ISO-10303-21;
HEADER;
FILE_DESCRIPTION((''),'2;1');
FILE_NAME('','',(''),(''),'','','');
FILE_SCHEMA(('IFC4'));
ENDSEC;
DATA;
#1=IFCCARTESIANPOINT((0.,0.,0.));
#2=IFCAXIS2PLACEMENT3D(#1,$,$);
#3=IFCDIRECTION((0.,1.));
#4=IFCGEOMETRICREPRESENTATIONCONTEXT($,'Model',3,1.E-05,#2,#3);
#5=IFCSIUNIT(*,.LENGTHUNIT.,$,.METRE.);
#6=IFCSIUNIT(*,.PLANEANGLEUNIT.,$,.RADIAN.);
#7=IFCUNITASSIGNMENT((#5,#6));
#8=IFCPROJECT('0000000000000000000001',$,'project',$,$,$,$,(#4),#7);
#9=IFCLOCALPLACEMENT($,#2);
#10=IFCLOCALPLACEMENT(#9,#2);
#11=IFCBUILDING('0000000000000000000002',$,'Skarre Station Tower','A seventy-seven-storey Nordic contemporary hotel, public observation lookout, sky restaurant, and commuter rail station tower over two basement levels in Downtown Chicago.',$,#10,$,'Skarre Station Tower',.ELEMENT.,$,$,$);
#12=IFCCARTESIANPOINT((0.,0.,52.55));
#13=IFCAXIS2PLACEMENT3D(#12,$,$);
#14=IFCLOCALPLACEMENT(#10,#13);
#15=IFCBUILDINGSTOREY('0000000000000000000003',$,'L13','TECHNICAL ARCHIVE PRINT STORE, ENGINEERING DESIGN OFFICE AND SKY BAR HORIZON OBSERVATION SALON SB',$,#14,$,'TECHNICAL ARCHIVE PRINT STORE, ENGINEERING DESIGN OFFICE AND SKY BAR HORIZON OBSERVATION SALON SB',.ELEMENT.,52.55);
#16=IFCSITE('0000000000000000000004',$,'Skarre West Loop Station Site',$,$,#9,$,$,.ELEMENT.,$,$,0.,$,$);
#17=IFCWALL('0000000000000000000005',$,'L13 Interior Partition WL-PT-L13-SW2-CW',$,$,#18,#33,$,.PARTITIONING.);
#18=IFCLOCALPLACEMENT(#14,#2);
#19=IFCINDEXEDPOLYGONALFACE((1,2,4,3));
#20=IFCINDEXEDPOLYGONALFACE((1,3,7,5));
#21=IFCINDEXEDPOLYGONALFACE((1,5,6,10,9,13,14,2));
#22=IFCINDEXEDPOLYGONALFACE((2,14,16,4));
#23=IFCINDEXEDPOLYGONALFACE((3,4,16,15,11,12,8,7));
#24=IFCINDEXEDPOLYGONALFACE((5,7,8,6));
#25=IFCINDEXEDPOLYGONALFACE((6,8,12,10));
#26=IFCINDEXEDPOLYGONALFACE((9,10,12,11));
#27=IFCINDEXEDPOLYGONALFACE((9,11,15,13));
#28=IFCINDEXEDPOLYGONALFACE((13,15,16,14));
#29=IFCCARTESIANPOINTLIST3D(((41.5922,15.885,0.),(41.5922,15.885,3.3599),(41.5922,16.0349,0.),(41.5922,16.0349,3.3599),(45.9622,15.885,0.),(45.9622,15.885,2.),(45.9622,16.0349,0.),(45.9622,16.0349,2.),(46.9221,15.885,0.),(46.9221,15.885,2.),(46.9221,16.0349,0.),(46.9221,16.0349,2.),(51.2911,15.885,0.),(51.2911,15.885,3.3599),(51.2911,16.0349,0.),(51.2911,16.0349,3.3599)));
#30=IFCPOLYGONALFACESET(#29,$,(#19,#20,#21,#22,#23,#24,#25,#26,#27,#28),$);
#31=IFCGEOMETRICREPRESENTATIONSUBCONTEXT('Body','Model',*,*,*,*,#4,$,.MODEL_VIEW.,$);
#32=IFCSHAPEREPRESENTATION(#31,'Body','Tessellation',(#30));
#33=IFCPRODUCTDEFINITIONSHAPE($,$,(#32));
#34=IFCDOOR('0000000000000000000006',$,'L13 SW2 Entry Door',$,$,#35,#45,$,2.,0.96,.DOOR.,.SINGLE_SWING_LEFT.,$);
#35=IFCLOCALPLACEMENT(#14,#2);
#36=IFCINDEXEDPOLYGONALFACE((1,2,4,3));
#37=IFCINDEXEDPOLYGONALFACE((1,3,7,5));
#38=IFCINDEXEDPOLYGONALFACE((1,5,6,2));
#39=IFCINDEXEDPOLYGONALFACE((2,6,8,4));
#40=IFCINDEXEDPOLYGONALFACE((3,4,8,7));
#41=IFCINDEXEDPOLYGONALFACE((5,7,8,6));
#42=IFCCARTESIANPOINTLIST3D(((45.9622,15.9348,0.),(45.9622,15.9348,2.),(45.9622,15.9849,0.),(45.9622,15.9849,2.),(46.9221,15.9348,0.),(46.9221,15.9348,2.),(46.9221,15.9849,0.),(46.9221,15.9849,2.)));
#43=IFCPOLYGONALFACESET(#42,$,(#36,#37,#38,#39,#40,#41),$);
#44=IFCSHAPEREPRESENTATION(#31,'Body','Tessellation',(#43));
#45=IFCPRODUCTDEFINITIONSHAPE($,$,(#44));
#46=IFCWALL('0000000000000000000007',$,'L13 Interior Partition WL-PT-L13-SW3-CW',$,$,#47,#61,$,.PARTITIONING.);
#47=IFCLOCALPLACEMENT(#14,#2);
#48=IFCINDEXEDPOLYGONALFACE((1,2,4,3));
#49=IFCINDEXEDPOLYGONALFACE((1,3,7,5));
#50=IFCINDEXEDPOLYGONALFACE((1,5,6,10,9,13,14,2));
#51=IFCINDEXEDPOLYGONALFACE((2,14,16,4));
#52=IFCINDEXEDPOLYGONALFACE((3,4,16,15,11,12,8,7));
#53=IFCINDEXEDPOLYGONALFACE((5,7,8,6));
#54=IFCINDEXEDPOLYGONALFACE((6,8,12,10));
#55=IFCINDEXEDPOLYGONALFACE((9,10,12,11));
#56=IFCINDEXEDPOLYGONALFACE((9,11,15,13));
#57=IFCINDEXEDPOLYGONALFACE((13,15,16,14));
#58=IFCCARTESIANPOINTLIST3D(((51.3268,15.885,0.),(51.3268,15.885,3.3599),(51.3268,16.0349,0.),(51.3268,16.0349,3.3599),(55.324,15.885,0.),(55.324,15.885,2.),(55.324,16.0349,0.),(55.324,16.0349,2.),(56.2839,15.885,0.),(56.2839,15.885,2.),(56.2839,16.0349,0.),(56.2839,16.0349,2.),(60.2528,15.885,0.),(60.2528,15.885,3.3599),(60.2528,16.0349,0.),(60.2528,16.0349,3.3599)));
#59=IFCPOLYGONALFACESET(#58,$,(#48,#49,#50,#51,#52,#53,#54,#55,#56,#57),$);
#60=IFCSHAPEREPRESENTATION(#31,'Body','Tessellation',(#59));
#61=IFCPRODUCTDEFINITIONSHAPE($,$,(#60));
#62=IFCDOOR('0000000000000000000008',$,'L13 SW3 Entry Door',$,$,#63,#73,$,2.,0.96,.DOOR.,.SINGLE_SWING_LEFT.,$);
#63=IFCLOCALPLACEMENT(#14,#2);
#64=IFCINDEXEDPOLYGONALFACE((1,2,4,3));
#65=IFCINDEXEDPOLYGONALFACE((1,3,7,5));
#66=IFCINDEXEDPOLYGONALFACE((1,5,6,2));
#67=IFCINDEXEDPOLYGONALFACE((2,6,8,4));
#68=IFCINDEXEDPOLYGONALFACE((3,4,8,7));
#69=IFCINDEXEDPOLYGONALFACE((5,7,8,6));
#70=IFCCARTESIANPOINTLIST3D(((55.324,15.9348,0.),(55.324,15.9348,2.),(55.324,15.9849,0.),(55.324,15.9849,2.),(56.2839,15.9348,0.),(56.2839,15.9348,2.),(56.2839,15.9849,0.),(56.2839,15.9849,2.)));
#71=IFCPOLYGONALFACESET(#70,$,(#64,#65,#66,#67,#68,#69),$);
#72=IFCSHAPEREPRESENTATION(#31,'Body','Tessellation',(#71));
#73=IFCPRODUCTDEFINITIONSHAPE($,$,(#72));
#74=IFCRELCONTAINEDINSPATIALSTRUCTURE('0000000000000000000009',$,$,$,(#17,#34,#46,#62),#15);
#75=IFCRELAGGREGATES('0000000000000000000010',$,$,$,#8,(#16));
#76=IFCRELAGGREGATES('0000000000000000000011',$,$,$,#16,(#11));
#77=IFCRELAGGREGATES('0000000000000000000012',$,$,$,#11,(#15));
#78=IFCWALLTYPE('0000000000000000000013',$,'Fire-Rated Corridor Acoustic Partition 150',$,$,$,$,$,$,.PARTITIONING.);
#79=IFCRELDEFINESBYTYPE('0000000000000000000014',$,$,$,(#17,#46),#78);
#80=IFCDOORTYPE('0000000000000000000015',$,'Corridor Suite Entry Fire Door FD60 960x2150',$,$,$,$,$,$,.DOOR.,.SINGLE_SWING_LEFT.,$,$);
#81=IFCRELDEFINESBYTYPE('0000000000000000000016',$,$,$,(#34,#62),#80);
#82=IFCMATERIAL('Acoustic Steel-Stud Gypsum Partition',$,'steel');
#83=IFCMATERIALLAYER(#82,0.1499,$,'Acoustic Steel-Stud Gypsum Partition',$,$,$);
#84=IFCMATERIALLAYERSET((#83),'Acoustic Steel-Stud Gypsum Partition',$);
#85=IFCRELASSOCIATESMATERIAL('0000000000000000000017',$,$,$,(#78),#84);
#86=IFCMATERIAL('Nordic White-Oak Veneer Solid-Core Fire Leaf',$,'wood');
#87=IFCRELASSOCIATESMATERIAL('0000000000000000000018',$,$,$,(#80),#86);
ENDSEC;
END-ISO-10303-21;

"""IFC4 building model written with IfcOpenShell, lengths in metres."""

from ifc_helpers import new_model, si_unit, direction, frame, frame_2d, origin, place, context, subcontext, project, spatial, rectangle, extrude, material, layer, layer_set, type_object, element, fill, save


model = new_model("IFC4")

# Units and contexts
model_context = context("Model", 3, precision=1e-05, world=origin(), true_north=direction((0.0, 1.0)))
body_context = subcontext(model_context, "Body", "Model", "MODEL_VIEW")
ifc_project = project(units=[si_unit("LENGTHUNIT", "METRE"), si_unit("PLANEANGLEUNIT", "RADIAN")], contexts=[model_context])

# Site, building, storey
site_placement = place(None, origin())
site = spatial("IfcSite", under=ifc_project, at=site_placement, Name="Skarre West Loop Station Site", CompositionType="ELEMENT", RefElevation=0.0)
building_placement = place(site_placement, origin())
building = spatial("IfcBuilding", under=site, at=building_placement, Name="Skarre Station Tower", Description="A seventy-seven-storey Nordic contemporary hotel, public observation lookout, sky restaurant, and commuter rail station tower over two basement levels in Downtown Chicago.", LongName="Skarre Station Tower", CompositionType="ELEMENT")
storey_placement = place(building_placement, frame((0.0, 0.0, 52.55)))
storey = spatial("IfcBuildingStorey", under=building, at=storey_placement, Name="L13", Description="TECHNICAL ARCHIVE PRINT STORE, ENGINEERING DESIGN OFFICE AND SKY BAR HORIZON OBSERVATION SALON SB", LongName="TECHNICAL ARCHIVE PRINT STORE, ENGINEERING DESIGN OFFICE AND SKY BAR HORIZON OBSERVATION SALON SB", CompositionType="ELEMENT", Elevation=52.55)

# Walls, openings, doors
ifc_material_1 = material(Name="Acoustic Steel-Stud Gypsum Partition", Category="steel")
ifc_layer_1 = layer(ifc_material_1, 0.1499, Name="Acoustic Steel-Stud Gypsum Partition")
ifc_layer_set_1 = layer_set([ifc_layer_1], Name="Acoustic Steel-Stud Gypsum Partition")
wall_type_1 = type_object("IfcWallType", Name="Fire-Rated Corridor Acoustic Partition 150", PredefinedType="PARTITIONING", material=ifc_layer_set_1)
wall_1_placement = place(storey_placement, frame((41.592, 15.96, 0.0), z_axis=(0.0, 0.0, 1.0), x_axis=(1.0, 0.0, 0.0)))
wall_1 = element("IfcWall", 1, at=wall_1_placement, inside=storey, type_object=wall_type_1, Name="L13 Interior Partition WL-PT-L13-SW2-CW", PredefinedType="PARTITIONING", context=body_context, shape_type="SweptSolid", body=[
    extrude(rectangle(XDim=9.699, YDim=0.1499, at=frame_2d((4.8496, 0.0))), origin(), (0.0, 0.0, 1.0), 3.3599),
])
opening_1_placement = place(wall_1_placement, frame((4.3701, 0.0, 0.0)))
opening_1 = element("IfcOpeningElement", 2, at=opening_1_placement, cuts=wall_1, PredefinedType="OPENING", context=body_context, shape_type="SweptSolid", body=[
    extrude(rectangle(XDim=0.96, YDim=2.0, at=frame_2d((0.48, 1.0))), frame((0.0, 0.085, 0.0), z_axis=(0.0, -1.0, 0.0), x_axis=(1.0, 0.0, 0.0)), (0.0, 0.0, 1.0), 0.1699),
])
ifc_material_2 = material(Name="Nordic White-Oak Veneer Solid-Core Fire Leaf", Category="wood")
door_type = type_object("IfcDoorType", Name="Corridor Suite Entry Fire Door FD60 960x2150", OperationType="SINGLE_SWING_LEFT", PredefinedType="DOOR", material=ifc_material_2)
door_1_placement = place(opening_1_placement, origin())
door_1 = element("IfcDoor", 3, at=door_1_placement, inside=storey, type_object=door_type, Name="L13 SW2 Entry Door", OperationType="SINGLE_SWING_LEFT", OverallHeight=2.0, OverallWidth=0.96, PredefinedType="DOOR", context=body_context, shape_type="SweptSolid", body=[
    extrude(rectangle(XDim=0.96, YDim=2.0, at=frame_2d((0.48, 1.0))), frame((0.0, 0.0249, 0.0), z_axis=(0.0, -1.0, 0.0), x_axis=(1.0, 0.0, 0.0)), (0.0, 0.0, 1.0), 0.05),
])
fill(opening_1, door_1)
wall_2_placement = place(storey_placement, frame((51.3269, 15.96, 0.0), z_axis=(0.0, 0.0, 1.0), x_axis=(1.0, 0.0, 0.0)))
wall_2 = element("IfcWall", 4, at=wall_2_placement, inside=storey, type_object=wall_type_1, Name="L13 Interior Partition WL-PT-L13-SW3-CW", PredefinedType="PARTITIONING", context=body_context, shape_type="SweptSolid", body=[
    extrude(rectangle(XDim=8.926, YDim=0.1499, at=frame_2d((4.4629, 0.0))), origin(), (0.0, 0.0, 1.0), 3.3599),
])
opening_2_placement = place(wall_2_placement, frame((3.9971, 0.0, 0.0)))
opening_2 = element("IfcOpeningElement", 5, at=opening_2_placement, cuts=wall_2, PredefinedType="OPENING", context=body_context, shape_type="SweptSolid", body=[
    extrude(rectangle(XDim=0.96, YDim=2.0, at=frame_2d((0.48, 1.0))), frame((0.0, 0.085, 0.0), z_axis=(0.0, -1.0, 0.0), x_axis=(1.0, 0.0, 0.0)), (0.0, 0.0, 1.0), 0.1699),
])
door_2_placement = place(opening_2_placement, origin())
door_2 = element("IfcDoor", 6, at=door_2_placement, inside=storey, type_object=door_type, Name="L13 SW3 Entry Door", OperationType="SINGLE_SWING_LEFT", OverallHeight=2.0, OverallWidth=0.96, PredefinedType="DOOR", context=body_context, shape_type="SweptSolid", body=[
    extrude(rectangle(XDim=0.96, YDim=2.0, at=frame_2d((0.48, 1.0))), frame((0.0, 0.0249, 0.0), z_axis=(0.0, -1.0, 0.0), x_axis=(1.0, 0.0, 0.0)), (0.0, 0.0, 1.0), 0.05),
])
fill(opening_2, door_2)

save(model, "model.ifc")
